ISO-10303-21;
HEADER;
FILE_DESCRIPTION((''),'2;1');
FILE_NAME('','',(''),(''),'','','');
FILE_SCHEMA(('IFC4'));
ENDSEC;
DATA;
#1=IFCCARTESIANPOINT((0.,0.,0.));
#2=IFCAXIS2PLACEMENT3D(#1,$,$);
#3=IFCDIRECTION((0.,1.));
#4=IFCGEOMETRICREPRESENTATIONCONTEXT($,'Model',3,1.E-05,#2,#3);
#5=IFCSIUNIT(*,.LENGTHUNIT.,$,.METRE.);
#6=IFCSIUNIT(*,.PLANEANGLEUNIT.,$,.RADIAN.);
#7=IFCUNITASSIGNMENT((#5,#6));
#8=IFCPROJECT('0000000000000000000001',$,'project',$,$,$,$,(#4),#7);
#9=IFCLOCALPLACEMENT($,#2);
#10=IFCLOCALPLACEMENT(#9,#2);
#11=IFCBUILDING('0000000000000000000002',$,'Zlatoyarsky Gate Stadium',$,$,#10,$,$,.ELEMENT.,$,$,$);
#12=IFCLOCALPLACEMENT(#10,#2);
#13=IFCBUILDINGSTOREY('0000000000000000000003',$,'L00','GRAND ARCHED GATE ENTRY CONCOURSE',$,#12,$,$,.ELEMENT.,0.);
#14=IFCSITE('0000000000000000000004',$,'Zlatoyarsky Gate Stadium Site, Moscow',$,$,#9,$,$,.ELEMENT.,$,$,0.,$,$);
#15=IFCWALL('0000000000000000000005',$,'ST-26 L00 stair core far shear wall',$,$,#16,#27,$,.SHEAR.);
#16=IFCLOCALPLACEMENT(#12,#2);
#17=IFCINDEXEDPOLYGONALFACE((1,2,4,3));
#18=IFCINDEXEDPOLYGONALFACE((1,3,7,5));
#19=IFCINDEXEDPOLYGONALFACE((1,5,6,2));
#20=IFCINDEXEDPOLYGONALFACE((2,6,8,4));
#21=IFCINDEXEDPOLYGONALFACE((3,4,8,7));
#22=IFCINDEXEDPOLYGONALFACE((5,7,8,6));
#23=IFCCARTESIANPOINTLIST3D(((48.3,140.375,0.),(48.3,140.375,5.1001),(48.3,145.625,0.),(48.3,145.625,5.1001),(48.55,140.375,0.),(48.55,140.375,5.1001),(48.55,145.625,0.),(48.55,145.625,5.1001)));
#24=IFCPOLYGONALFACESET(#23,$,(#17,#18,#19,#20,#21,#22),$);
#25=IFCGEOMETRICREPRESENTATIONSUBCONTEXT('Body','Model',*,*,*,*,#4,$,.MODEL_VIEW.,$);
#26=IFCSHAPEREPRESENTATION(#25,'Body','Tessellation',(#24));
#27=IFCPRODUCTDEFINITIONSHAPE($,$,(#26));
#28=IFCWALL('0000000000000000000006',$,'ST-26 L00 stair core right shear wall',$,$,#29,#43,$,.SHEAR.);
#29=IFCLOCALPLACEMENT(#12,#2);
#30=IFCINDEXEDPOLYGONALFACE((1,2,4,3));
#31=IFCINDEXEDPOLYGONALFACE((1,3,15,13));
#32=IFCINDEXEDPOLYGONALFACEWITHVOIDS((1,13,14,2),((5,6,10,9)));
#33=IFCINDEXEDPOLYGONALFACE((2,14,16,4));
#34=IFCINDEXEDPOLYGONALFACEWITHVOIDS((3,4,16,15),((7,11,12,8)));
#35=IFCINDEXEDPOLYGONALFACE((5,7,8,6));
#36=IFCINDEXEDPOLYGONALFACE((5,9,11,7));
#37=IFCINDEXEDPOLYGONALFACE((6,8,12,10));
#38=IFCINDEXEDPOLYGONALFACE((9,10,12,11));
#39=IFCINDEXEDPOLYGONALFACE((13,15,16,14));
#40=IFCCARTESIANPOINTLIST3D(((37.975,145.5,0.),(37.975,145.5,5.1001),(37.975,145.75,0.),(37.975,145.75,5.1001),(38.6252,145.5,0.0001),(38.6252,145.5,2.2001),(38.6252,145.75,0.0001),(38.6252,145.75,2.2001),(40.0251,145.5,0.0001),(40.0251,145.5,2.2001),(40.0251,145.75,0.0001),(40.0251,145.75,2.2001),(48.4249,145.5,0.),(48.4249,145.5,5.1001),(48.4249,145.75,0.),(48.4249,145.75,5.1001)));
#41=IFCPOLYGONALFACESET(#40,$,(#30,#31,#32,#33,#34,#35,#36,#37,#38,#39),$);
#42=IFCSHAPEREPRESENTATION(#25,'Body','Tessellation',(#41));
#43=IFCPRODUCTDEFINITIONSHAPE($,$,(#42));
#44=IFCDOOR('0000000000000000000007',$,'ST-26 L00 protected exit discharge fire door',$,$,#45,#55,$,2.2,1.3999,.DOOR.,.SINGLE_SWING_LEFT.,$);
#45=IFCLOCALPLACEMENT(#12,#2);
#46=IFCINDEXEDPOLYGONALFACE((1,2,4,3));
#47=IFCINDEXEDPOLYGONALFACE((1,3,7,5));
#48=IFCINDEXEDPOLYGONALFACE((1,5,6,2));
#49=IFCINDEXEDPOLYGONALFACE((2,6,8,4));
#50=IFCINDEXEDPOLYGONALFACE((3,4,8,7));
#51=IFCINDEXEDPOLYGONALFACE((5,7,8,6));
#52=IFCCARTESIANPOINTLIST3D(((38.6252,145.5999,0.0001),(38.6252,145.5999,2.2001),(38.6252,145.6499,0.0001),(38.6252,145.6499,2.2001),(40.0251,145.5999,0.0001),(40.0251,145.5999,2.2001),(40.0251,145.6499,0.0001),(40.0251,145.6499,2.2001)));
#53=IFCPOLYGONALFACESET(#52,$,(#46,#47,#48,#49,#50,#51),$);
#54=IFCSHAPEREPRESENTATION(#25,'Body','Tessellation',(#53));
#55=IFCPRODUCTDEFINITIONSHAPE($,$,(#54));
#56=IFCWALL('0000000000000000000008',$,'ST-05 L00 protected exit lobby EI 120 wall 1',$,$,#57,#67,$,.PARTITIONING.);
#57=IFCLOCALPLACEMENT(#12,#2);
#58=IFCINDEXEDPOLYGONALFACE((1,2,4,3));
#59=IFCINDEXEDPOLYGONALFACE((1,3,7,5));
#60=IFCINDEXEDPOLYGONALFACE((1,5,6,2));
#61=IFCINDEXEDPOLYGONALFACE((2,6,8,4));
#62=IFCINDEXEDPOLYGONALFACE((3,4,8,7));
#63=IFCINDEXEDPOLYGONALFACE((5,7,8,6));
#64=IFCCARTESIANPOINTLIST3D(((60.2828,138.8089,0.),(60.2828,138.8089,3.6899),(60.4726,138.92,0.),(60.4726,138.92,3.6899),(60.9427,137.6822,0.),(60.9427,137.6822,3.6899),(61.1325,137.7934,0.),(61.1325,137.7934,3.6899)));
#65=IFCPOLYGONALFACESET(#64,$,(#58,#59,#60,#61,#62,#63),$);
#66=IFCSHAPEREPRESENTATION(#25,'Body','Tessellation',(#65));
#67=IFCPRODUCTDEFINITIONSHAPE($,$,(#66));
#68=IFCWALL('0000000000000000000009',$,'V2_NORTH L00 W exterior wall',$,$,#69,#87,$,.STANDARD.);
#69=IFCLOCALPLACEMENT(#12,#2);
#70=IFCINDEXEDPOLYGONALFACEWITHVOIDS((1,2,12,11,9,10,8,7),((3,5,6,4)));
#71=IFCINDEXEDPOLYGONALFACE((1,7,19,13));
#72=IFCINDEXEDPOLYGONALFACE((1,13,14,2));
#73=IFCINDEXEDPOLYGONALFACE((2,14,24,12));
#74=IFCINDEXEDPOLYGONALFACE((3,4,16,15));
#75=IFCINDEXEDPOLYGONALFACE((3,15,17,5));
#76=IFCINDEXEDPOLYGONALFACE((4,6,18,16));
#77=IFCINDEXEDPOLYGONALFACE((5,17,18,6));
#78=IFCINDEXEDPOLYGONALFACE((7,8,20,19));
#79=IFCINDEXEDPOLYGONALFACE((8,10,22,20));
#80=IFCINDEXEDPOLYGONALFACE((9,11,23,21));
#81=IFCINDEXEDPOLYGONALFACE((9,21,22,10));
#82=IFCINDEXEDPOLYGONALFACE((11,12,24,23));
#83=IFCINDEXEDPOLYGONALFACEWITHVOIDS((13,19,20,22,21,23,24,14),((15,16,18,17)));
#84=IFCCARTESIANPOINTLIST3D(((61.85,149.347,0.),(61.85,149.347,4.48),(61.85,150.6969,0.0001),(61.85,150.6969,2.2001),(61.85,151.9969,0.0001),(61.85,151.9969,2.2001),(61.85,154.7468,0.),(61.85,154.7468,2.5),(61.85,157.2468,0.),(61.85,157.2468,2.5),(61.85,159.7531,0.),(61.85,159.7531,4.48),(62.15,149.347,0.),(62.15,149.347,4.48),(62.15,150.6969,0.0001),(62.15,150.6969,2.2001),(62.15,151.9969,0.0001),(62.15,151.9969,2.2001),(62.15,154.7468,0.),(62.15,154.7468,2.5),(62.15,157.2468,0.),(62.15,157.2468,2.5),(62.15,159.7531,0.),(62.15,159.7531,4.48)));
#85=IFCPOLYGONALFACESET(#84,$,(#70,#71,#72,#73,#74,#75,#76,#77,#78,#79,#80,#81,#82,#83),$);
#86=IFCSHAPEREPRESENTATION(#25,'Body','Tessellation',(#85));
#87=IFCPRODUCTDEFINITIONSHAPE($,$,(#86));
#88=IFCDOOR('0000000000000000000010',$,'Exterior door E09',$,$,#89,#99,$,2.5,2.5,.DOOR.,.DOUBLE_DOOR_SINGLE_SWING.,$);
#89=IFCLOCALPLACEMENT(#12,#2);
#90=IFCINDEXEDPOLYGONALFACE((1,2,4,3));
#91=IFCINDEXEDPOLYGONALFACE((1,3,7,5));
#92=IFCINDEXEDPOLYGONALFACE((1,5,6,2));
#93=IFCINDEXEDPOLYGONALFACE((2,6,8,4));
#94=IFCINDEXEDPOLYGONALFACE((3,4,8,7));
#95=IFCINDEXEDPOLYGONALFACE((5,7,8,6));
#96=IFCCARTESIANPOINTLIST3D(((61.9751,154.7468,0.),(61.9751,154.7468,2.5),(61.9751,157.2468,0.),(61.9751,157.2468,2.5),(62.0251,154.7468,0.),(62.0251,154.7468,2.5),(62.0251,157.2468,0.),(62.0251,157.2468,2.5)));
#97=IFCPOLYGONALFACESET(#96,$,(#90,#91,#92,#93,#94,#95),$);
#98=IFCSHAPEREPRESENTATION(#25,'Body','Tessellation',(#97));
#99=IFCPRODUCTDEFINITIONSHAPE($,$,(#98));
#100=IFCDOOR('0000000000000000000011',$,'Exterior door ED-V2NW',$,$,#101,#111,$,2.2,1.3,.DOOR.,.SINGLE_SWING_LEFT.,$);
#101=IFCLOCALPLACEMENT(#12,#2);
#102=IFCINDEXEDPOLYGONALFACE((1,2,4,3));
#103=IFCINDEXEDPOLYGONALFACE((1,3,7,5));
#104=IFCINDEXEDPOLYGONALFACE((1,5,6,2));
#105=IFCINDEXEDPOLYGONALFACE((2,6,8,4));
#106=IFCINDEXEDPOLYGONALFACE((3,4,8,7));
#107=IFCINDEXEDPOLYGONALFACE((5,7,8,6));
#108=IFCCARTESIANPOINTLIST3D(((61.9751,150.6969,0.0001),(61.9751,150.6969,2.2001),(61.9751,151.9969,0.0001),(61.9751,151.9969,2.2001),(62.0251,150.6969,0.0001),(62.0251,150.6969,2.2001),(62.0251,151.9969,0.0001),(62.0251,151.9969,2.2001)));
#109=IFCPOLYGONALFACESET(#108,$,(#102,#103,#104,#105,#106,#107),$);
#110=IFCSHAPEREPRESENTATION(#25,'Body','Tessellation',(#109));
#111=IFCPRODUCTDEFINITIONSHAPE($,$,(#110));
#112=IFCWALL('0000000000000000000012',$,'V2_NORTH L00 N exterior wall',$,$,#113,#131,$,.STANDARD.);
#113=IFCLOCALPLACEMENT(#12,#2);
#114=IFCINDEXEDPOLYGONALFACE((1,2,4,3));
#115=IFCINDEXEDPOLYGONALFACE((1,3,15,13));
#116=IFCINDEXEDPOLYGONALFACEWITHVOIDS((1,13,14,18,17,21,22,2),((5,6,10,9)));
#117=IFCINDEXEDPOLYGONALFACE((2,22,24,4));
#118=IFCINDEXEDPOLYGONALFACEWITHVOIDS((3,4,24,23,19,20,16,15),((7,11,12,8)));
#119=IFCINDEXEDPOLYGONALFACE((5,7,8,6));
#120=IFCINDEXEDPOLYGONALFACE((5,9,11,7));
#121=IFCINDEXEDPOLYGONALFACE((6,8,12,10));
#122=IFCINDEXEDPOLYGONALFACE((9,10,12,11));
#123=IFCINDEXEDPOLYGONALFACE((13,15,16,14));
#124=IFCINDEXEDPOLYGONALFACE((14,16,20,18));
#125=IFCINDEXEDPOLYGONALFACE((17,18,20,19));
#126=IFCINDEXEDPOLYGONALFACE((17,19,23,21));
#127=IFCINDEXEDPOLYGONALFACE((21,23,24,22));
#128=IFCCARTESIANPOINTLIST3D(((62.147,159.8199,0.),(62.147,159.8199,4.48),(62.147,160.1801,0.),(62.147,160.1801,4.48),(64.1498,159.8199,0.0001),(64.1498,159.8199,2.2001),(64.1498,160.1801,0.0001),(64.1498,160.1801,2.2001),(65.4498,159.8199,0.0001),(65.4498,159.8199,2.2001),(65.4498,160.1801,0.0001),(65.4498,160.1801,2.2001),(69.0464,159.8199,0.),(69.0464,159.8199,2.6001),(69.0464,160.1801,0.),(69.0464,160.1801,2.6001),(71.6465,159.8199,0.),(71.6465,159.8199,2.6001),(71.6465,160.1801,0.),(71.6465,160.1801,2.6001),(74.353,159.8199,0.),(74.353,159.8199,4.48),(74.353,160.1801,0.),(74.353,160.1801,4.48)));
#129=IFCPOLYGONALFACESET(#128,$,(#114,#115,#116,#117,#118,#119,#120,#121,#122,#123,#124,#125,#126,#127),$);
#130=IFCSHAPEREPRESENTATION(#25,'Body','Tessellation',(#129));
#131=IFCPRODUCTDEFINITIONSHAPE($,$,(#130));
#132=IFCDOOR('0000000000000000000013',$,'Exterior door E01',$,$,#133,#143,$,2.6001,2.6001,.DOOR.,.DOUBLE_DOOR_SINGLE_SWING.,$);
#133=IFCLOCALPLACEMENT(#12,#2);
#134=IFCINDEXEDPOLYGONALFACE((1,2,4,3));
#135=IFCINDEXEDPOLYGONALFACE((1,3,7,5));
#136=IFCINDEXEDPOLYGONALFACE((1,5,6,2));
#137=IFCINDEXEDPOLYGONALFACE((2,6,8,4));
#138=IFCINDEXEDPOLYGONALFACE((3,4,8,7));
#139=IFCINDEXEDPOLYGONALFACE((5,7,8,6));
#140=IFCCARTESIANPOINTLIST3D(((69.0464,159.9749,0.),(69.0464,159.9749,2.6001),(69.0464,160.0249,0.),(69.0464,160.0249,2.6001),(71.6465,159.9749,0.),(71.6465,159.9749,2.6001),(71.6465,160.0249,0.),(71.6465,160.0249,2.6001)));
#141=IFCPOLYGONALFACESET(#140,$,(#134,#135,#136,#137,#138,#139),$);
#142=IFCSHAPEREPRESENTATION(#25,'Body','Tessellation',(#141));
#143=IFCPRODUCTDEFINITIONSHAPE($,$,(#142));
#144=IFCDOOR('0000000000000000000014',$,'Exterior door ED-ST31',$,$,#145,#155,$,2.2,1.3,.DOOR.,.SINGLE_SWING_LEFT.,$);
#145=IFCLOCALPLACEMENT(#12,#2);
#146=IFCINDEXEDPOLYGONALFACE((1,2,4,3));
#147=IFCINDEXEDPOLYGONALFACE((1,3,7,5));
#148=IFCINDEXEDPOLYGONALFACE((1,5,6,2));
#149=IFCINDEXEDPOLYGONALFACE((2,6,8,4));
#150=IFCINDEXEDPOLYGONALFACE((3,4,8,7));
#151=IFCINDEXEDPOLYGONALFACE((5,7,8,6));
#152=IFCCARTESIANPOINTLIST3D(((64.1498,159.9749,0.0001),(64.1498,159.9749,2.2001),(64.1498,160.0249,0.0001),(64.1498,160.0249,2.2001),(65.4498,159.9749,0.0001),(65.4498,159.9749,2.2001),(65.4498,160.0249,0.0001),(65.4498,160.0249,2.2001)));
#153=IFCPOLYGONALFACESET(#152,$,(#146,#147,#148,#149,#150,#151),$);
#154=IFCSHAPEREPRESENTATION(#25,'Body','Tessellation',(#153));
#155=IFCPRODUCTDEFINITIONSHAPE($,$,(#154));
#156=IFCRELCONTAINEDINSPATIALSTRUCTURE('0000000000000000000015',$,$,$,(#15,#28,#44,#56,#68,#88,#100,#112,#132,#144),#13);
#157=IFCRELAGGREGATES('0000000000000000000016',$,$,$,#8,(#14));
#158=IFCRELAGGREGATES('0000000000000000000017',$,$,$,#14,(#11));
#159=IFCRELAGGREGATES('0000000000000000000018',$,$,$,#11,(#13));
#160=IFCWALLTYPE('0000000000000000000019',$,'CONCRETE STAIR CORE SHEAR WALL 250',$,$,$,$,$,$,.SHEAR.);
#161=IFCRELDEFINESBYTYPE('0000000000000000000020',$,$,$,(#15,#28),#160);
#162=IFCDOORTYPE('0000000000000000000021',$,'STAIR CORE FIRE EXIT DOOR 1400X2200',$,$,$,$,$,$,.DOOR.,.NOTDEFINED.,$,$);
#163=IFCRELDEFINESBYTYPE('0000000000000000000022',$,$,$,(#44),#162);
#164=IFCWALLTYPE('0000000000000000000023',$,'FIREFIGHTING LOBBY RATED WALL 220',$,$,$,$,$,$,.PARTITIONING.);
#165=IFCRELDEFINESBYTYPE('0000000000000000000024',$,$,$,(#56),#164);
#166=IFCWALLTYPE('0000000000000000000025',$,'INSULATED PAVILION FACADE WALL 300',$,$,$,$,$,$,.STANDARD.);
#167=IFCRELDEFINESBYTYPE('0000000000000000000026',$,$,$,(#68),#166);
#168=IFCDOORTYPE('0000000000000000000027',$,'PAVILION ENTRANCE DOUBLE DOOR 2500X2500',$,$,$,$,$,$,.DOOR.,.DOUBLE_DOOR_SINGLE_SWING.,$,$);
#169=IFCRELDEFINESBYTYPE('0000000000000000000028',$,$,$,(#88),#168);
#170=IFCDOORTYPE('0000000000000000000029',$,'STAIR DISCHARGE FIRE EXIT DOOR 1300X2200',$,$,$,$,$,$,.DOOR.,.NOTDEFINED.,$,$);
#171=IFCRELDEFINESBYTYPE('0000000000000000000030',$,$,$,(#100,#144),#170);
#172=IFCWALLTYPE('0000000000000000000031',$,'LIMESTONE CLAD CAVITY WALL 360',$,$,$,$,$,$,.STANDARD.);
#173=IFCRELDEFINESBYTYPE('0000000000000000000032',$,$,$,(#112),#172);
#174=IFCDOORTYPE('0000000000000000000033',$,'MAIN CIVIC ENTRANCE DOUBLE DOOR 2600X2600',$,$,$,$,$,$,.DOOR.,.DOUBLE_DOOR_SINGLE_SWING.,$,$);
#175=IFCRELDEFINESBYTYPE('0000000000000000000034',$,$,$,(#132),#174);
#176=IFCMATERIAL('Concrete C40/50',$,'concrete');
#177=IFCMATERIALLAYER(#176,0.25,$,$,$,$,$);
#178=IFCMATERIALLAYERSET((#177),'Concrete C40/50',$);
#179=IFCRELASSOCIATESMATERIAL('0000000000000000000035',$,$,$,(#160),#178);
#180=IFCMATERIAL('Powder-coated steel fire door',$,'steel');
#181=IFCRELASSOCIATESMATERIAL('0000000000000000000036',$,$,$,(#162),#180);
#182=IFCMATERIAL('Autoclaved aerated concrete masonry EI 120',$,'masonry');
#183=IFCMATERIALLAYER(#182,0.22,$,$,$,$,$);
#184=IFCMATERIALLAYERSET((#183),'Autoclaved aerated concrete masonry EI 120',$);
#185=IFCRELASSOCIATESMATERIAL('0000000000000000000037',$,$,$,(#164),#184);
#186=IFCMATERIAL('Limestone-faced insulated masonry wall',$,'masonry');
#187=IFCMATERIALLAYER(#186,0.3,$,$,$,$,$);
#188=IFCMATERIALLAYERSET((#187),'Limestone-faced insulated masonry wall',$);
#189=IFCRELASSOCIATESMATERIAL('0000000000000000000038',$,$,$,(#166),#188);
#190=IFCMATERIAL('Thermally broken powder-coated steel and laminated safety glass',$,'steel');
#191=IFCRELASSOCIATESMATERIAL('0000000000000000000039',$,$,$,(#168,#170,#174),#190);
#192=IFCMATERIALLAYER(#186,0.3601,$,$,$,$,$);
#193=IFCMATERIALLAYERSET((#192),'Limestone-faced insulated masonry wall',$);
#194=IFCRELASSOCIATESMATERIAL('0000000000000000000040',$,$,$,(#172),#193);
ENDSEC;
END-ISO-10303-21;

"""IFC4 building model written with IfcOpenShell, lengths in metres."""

from ifc_helpers import new_model, si_unit, direction, frame, frame_2d, origin, place, context, subcontext, project, spatial, rectangle, extrude, material, layer, layer_set, type_object, element, fill, save


model = new_model("IFC4")

# Units and contexts
model_context = context("Model", 3, precision=1e-05, world=origin(), true_north=direction((0.0, 1.0)))
body_context = subcontext(model_context, "Body", "Model", "MODEL_VIEW")
ifc_project = project(units=[si_unit("LENGTHUNIT", "METRE"), si_unit("PLANEANGLEUNIT", "RADIAN")], contexts=[model_context])

# Site, building, storey
site_placement = place(None, origin())
site = spatial("IfcSite", under=ifc_project, at=site_placement, Name="Zlatoyarsky Gate Stadium Site, Moscow", CompositionType="ELEMENT", RefElevation=0.0)
building_placement = place(site_placement, origin())
building = spatial("IfcBuilding", under=site, at=building_placement, Name="Zlatoyarsky Gate Stadium", CompositionType="ELEMENT")
storey_placement = place(building_placement, origin())
storey = spatial("IfcBuildingStorey", under=building, at=storey_placement, Name="L00", Description="GRAND ARCHED GATE ENTRY CONCOURSE", CompositionType="ELEMENT", Elevation=0.0)

# Shared definitions
ifc_material_1 = material(Name="Concrete C40/50", Category="concrete")

# Shared definitions
ifc_material_2 = material(Name="Powder-coated steel fire door", Category="steel")

# Wall
ifc_layer_1 = layer(ifc_material_1, 0.25)
ifc_layer_set_1 = layer_set([ifc_layer_1], Name="Concrete C40/50")
wall_type_1 = type_object("IfcWallType", Name="CONCRETE STAIR CORE SHEAR WALL 250", PredefinedType="SHEAR", material=ifc_layer_set_1)
wall_1_placement = place(storey_placement, frame((48.425, 140.375, 0.0), z_axis=(0.0, 0.0, 1.0), x_axis=(0.0, 1.0, 0.0)))
element("IfcWall", 1, at=wall_1_placement, inside=storey, type_object=wall_type_1, Name="ST-26 L00 stair core far shear wall", PredefinedType="SHEAR", context=body_context, shape_type="SweptSolid", body=[
    extrude(rectangle(XDim=5.25, YDim=0.25, at=frame_2d((2.625, 0.0))), origin(), (0.0, 0.0, 1.0), 5.1001),
])

# Wall, opening, door
wall_2_placement = place(storey_placement, frame((48.425, 145.625, 0.0), z_axis=(0.0, 0.0, 1.0), x_axis=(-1.0, 0.0, 0.0)))
wall_2 = element("IfcWall", 2, at=wall_2_placement, inside=storey, type_object=wall_type_1, Name="ST-26 L00 stair core right shear wall", PredefinedType="SHEAR", context=body_context, shape_type="SweptSolid", body=[
    extrude(rectangle(XDim=10.45, YDim=0.25, at=frame_2d((5.2251, 0.0))), origin(), (0.0, 0.0, 1.0), 5.1001),
])
opening_1_placement = place(wall_2_placement, frame((8.3999, 0.0, 0.0)))
opening_1 = element("IfcOpeningElement", 3, at=opening_1_placement, cuts=wall_2, PredefinedType="OPENING", context=body_context, shape_type="SweptSolid", body=[
    extrude(rectangle(XDim=1.3999, YDim=2.2, at=frame_2d((0.7, 1.1001))), frame((0.0, 0.135, 0.0), z_axis=(0.0, -1.0, 0.0), x_axis=(1.0, 0.0, 0.0)), (0.0, 0.0, 1.0), 0.27),
])
door_type_1 = type_object("IfcDoorType", Name="STAIR CORE FIRE EXIT DOOR 1400X2200", OperationType="NOTDEFINED", PredefinedType="DOOR", material=ifc_material_2)
door_1_placement = place(opening_1_placement, frame((1.3999, 0.0, 0.0), z_axis=(0.0, 0.0, 1.0), x_axis=(-1.0, 0.0, 0.0)))
door_1 = element("IfcDoor", 4, at=door_1_placement, inside=storey, type_object=door_type_1, Name="ST-26 L00 protected exit discharge fire door", OperationType="SINGLE_SWING_LEFT", OverallHeight=2.2, OverallWidth=1.3999, PredefinedType="DOOR", context=body_context, shape_type="SweptSolid", body=[
    extrude(rectangle(XDim=1.3999, YDim=2.2, at=frame_2d((0.7, 1.1001))), frame((0.0, 0.0249, 0.0), z_axis=(0.0, -1.0, 0.0), x_axis=(1.0, 0.0, 0.0)), (0.0, 0.0, 1.0), 0.05),
])
fill(opening_1, door_1)

# Wall
ifc_material_3 = material(Name="Autoclaved aerated concrete masonry EI 120", Category="masonry")
ifc_layer_2 = layer(ifc_material_3, 0.22)
ifc_layer_set_2 = layer_set([ifc_layer_2], Name="Autoclaved aerated concrete masonry EI 120")
wall_type_2 = type_object("IfcWallType", Name="FIREFIGHTING LOBBY RATED WALL 220", PredefinedType="PARTITIONING", material=ifc_layer_set_2)
wall_3_placement = place(storey_placement, frame((61.0376, 137.7378, 0.0), z_axis=(0.0, 0.0, 1.0), x_axis=(-0.505393, 0.862889, 0.0)))
element("IfcWall", 5, at=wall_3_placement, inside=storey, type_object=wall_type_2, Name="ST-05 L00 protected exit lobby EI 120 wall 1", PredefinedType="PARTITIONING", context=body_context, shape_type="SweptSolid", body=[
    extrude(rectangle(XDim=1.3057, YDim=0.22, at=frame_2d((0.6528, 0.0))), origin(), (0.0, 0.0, 1.0), 3.6899),
])

# Walls, openings, doors
ifc_material_4 = material(Name="Limestone-faced insulated masonry wall", Category="masonry")
ifc_layer_3 = layer(ifc_material_4, 0.3)
ifc_layer_set_3 = layer_set([ifc_layer_3], Name="Limestone-faced insulated masonry wall")
wall_type_3 = type_object("IfcWallType", Name="INSULATED PAVILION FACADE WALL 300", PredefinedType="STANDARD", material=ifc_layer_set_3)
wall_4_placement = place(storey_placement, frame((62.0, 149.3469, 0.0), z_axis=(0.0, 0.0, 1.0), x_axis=(0.0, 1.0, 0.0)))
wall_4 = element("IfcWall", 6, at=wall_4_placement, inside=storey, type_object=wall_type_3, Name="V2_NORTH L00 W exterior wall", PredefinedType="STANDARD", context=body_context, shape_type="SweptSolid", body=[
    extrude(rectangle(XDim=10.406, YDim=0.3, at=frame_2d((5.2031, 0.0))), origin(), (0.0, 0.0, 1.0), 4.48),
])
opening_2_placement = place(wall_4_placement, frame((1.3501, 0.0, 0.0)))
opening_2 = element("IfcOpeningElement", 7, at=opening_2_placement, cuts=wall_4, PredefinedType="OPENING", context=body_context, shape_type="SweptSolid", body=[
    extrude(rectangle(XDim=1.3, YDim=2.2, at=frame_2d((0.6499, 1.1001))), frame((0.0, 0.1599, 0.0), z_axis=(0.0, -1.0, 0.0), x_axis=(1.0, 0.0, 0.0)), (0.0, 0.0, 1.0), 0.3201),
])
opening_3_placement = place(wall_4_placement, frame((5.3999, 0.0, 0.0)))
opening_3 = element("IfcOpeningElement", 8, at=opening_3_placement, cuts=wall_4, PredefinedType="OPENING", context=body_context, shape_type="SweptSolid", body=[
    extrude(rectangle(XDim=2.5, YDim=2.5, at=frame_2d((1.25, 1.25))), frame((0.0, 0.1599, 0.0), z_axis=(0.0, -1.0, 0.0), x_axis=(1.0, 0.0, 0.0)), (0.0, 0.0, 1.0), 0.3201),
])
ifc_material_5 = material(Name="Thermally broken powder-coated steel and laminated safety glass", Category="steel")
door_type_2 = type_object("IfcDoorType", Name="PAVILION ENTRANCE DOUBLE DOOR 2500X2500", OperationType="DOUBLE_DOOR_SINGLE_SWING", PredefinedType="DOOR", material=ifc_material_5)
door_2_placement = place(opening_3_placement, origin())
door_2 = element("IfcDoor", 9, at=door_2_placement, inside=storey, type_object=door_type_2, Name="Exterior door E09", OperationType="DOUBLE_DOOR_SINGLE_SWING", OverallHeight=2.5, OverallWidth=2.5, PredefinedType="DOOR", context=body_context, shape_type="SweptSolid", body=[
    extrude(rectangle(XDim=2.5, YDim=2.5, at=frame_2d((1.25, 1.25))), frame((0.0, 0.0249, 0.0), z_axis=(0.0, -1.0, 0.0), x_axis=(1.0, 0.0, 0.0)), (0.0, 0.0, 1.0), 0.05),
])
fill(opening_3, door_2)
door_type_3 = type_object("IfcDoorType", Name="STAIR DISCHARGE FIRE EXIT DOOR 1300X2200", OperationType="NOTDEFINED", PredefinedType="DOOR", material=ifc_material_5)
door_3_placement = place(opening_2_placement, origin())
door_3 = element("IfcDoor", 10, at=door_3_placement, inside=storey, type_object=door_type_3, Name="Exterior door ED-V2NW", OperationType="SINGLE_SWING_LEFT", OverallHeight=2.2, OverallWidth=1.3, PredefinedType="DOOR", context=body_context, shape_type="SweptSolid", body=[
    extrude(rectangle(XDim=1.3, YDim=2.2, at=frame_2d((0.6499, 1.1001))), frame((0.0, 0.0249, 0.0), z_axis=(0.0, -1.0, 0.0), x_axis=(1.0, 0.0, 0.0)), (0.0, 0.0, 1.0), 0.05),
])
fill(opening_2, door_3)
ifc_layer_4 = layer(ifc_material_4, 0.3601)
ifc_layer_set_4 = layer_set([ifc_layer_4], Name="Limestone-faced insulated masonry wall")
wall_type_4 = type_object("IfcWallType", Name="LIMESTONE CLAD CAVITY WALL 360", PredefinedType="STANDARD", material=ifc_layer_set_4)
wall_5_placement = place(storey_placement, frame((62.147, 160.0, 0.0), z_axis=(0.0, 0.0, 1.0), x_axis=(1.0, 0.0, 0.0)))
wall_5 = element("IfcWall", 11, at=wall_5_placement, inside=storey, type_object=wall_type_4, Name="V2_NORTH L00 N exterior wall", PredefinedType="STANDARD", context=body_context, shape_type="SweptSolid", body=[
    extrude(rectangle(XDim=12.2061, YDim=0.3601, at=frame_2d((6.103, 0.0))), origin(), (0.0, 0.0, 1.0), 4.48),
])
opening_4_placement = place(wall_5_placement, frame((2.0029, 0.0, 0.0)))
opening_4 = element("IfcOpeningElement", 12, at=opening_4_placement, cuts=wall_5, PredefinedType="OPENING", context=body_context, shape_type="SweptSolid", body=[
    extrude(rectangle(XDim=1.3, YDim=2.2, at=frame_2d((0.6499, 1.1001))), frame((0.0, 0.1899, 0.0), z_axis=(0.0, -1.0, 0.0), x_axis=(1.0, 0.0, 0.0)), (0.0, 0.0, 1.0), 0.3801),
])
opening_5_placement = place(wall_5_placement, frame((6.8994, 0.0, 0.0)))
opening_5 = element("IfcOpeningElement", 13, at=opening_5_placement, cuts=wall_5, PredefinedType="OPENING", context=body_context, shape_type="SweptSolid", body=[
    extrude(rectangle(XDim=2.6001, YDim=2.6001, at=frame_2d((1.3, 1.3))), frame((0.0, 0.1899, 0.0), z_axis=(0.0, -1.0, 0.0), x_axis=(1.0, 0.0, 0.0)), (0.0, 0.0, 1.0), 0.3801),
])
door_type_4 = type_object("IfcDoorType", Name="MAIN CIVIC ENTRANCE DOUBLE DOOR 2600X2600", OperationType="DOUBLE_DOOR_SINGLE_SWING", PredefinedType="DOOR", material=ifc_material_5)
door_4_placement = place(opening_5_placement, origin())
door_4 = element("IfcDoor", 14, at=door_4_placement, inside=storey, type_object=door_type_4, Name="Exterior door E01", OperationType="DOUBLE_DOOR_SINGLE_SWING", OverallHeight=2.6001, OverallWidth=2.6001, PredefinedType="DOOR", context=body_context, shape_type="SweptSolid", body=[
    extrude(rectangle(XDim=2.6001, YDim=2.6001, at=frame_2d((1.3, 1.3))), frame((0.0, 0.0249, 0.0), z_axis=(0.0, -1.0, 0.0), x_axis=(1.0, 0.0, 0.0)), (0.0, 0.0, 1.0), 0.05),
])
fill(opening_5, door_4)
door_5_placement = place(opening_4_placement, origin())
door_5 = element("IfcDoor", 15, at=door_5_placement, inside=storey, type_object=door_type_3, Name="Exterior door ED-ST31", OperationType="SINGLE_SWING_LEFT", OverallHeight=2.2, OverallWidth=1.3, PredefinedType="DOOR", context=body_context, shape_type="SweptSolid", body=[
    extrude(rectangle(XDim=1.3, YDim=2.2, at=frame_2d((0.6499, 1.1001))), frame((0.0, 0.0249, 0.0), z_axis=(0.0, -1.0, 0.0), x_axis=(1.0, 0.0, 0.0)), (0.0, 0.0, 1.0), 0.05),
])
fill(opening_4, door_5)

save(model, "model.ifc")
